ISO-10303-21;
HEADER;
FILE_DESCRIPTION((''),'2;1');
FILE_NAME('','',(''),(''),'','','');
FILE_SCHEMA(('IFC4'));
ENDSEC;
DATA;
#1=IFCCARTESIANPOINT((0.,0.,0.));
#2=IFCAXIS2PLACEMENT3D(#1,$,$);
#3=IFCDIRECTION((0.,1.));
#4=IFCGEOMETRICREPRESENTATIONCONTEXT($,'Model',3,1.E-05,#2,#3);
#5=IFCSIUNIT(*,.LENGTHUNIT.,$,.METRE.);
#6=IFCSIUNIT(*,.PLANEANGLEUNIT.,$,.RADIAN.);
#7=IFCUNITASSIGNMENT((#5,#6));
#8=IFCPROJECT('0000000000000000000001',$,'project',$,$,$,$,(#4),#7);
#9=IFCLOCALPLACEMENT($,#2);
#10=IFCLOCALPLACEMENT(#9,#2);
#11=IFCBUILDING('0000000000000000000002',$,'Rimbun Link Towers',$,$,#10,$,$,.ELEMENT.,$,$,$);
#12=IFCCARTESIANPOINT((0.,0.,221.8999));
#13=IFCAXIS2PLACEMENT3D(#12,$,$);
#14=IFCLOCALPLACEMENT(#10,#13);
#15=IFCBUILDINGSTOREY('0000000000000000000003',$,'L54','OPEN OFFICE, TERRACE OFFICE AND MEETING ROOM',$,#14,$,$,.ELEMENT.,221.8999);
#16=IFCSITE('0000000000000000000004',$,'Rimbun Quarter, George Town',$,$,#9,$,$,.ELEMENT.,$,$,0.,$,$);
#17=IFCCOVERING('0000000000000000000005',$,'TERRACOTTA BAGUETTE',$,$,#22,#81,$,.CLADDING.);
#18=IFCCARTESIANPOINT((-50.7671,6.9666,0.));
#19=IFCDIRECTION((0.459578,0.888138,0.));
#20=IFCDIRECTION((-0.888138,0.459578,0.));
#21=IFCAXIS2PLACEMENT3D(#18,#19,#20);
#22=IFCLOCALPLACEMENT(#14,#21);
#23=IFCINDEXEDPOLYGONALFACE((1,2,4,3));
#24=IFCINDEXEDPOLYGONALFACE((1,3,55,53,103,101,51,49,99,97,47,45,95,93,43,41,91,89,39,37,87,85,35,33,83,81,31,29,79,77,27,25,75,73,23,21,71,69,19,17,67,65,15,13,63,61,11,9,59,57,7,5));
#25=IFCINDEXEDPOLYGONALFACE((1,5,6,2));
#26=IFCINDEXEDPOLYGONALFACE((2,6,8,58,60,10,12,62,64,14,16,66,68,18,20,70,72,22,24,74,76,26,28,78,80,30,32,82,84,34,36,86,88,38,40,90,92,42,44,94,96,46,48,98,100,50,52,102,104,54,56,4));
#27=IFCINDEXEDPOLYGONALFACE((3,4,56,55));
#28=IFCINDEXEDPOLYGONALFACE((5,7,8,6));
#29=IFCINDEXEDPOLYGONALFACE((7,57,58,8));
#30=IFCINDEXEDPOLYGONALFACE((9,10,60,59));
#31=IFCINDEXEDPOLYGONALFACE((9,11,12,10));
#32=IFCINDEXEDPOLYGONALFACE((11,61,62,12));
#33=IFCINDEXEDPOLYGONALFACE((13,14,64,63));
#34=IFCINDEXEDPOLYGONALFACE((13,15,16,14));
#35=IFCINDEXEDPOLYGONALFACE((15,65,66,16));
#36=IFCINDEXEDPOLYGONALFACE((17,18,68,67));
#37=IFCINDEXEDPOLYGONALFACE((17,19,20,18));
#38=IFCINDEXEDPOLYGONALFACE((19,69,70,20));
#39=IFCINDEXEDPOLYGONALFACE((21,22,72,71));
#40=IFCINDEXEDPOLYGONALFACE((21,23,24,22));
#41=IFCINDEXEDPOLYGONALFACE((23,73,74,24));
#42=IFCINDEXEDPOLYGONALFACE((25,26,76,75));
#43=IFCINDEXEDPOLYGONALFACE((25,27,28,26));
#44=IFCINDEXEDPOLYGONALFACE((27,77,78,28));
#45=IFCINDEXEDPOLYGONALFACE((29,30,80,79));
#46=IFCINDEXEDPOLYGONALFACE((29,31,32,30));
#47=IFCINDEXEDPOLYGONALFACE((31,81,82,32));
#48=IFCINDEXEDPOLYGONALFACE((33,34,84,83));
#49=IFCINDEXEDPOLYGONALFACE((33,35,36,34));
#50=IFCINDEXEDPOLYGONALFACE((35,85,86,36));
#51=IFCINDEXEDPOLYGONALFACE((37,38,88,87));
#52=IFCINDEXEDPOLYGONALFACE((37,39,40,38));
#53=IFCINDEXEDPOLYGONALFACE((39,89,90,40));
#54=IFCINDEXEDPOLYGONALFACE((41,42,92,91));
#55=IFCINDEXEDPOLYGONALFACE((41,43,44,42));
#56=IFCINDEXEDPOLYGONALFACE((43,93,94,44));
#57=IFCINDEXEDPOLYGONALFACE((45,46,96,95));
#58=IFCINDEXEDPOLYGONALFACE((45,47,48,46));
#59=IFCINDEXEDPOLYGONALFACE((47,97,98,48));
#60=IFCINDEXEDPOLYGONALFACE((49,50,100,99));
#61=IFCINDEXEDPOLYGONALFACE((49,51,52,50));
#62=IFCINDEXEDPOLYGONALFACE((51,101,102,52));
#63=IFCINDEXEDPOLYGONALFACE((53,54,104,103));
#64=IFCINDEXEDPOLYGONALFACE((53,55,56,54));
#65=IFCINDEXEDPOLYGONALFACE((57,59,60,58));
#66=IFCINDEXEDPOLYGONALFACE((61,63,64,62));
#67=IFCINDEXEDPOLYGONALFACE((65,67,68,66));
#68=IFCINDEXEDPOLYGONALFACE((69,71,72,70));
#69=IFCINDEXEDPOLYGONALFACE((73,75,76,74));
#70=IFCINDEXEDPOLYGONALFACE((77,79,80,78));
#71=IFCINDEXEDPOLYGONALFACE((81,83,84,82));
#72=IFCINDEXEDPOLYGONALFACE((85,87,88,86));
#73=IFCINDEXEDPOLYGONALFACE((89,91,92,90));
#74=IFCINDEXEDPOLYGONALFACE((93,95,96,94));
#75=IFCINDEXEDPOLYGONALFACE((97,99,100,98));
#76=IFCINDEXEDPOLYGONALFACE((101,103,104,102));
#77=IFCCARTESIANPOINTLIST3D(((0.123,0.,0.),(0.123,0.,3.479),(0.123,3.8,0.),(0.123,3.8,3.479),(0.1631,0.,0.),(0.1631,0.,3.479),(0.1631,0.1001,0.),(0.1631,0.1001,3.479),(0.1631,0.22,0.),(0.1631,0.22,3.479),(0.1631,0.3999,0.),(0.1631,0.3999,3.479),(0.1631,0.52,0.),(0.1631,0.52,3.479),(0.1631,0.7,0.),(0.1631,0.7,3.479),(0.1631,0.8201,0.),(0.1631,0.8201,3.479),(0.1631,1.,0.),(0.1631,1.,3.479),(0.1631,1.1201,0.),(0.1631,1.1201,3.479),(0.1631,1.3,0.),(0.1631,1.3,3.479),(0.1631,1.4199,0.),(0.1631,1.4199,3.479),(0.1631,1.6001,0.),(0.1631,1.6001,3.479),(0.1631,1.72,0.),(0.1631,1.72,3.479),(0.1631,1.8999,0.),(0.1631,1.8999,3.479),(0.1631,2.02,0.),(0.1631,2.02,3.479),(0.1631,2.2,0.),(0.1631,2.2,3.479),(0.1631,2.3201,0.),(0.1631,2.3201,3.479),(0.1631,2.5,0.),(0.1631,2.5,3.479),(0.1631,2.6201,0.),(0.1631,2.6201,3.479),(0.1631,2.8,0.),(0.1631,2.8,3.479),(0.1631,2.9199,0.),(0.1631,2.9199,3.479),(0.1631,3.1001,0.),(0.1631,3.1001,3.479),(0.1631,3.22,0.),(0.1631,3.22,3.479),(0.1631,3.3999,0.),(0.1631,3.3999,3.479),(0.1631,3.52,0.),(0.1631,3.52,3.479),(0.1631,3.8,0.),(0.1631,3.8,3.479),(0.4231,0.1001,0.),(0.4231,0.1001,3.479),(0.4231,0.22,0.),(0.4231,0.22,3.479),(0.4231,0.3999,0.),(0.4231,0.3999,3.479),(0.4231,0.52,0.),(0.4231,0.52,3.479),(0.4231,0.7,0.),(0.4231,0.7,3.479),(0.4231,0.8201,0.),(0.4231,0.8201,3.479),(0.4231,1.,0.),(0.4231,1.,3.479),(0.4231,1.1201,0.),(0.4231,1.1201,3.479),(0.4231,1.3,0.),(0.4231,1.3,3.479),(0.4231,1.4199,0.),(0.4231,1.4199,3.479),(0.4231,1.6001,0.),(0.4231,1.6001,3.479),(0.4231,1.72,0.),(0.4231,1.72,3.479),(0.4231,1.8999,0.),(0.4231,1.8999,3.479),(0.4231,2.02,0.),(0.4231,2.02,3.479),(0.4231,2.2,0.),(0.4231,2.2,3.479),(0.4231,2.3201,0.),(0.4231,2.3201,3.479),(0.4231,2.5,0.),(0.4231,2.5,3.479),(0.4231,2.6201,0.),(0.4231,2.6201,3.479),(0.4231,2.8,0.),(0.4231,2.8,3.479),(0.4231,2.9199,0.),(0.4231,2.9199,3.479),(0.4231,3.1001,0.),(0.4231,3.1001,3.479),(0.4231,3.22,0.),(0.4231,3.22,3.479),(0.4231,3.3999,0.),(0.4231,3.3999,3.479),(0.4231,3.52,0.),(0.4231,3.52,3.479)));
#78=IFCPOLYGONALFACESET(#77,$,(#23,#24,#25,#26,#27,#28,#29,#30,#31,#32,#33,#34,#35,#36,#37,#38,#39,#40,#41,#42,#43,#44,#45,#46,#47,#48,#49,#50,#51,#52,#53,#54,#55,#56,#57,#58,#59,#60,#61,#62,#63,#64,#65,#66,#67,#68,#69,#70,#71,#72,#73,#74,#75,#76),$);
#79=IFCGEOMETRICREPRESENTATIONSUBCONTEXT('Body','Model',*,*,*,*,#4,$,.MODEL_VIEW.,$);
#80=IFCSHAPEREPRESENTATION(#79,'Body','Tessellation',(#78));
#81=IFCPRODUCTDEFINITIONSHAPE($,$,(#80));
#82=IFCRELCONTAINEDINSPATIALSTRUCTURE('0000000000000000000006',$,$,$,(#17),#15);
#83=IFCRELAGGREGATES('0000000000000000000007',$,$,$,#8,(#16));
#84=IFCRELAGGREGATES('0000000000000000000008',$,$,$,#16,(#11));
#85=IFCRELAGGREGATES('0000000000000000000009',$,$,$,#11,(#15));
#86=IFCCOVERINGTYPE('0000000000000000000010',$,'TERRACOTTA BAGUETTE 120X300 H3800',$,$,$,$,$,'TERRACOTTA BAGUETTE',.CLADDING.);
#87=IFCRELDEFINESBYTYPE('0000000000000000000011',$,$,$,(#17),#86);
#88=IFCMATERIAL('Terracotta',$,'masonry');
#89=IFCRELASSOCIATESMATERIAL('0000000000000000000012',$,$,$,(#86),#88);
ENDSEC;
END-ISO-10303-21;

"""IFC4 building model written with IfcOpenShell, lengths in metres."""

from ifc_helpers import new_model, si_unit, direction, frame, origin, place, context, subcontext, project, spatial, polyline, outline, extrude, material, material_profile, profile_set, type_object, element, save


model = new_model("IFC4")

# Units and contexts
model_context = context("Model", 3, precision=1e-05, world=origin(), true_north=direction((0.0, 1.0)))
body_context = subcontext(model_context, "Body", "Model", "MODEL_VIEW")
ifc_project = project(units=[si_unit("LENGTHUNIT", "METRE"), si_unit("PLANEANGLEUNIT", "RADIAN")], contexts=[model_context])

# Site, building, storey
site_placement = place(None, origin())
site = spatial("IfcSite", under=ifc_project, at=site_placement, Name="Rimbun Quarter, George Town", CompositionType="ELEMENT", RefElevation=0.0)
building_placement = place(site_placement, origin())
building = spatial("IfcBuilding", under=site, at=building_placement, Name="Rimbun Link Towers", CompositionType="ELEMENT")
storey_placement = place(building_placement, frame((0.0, 0.0, 221.8999)))
storey = spatial("IfcBuildingStorey", under=building, at=storey_placement, Name="L54", Description="OPEN OFFICE, TERRACE OFFICE AND MEETING ROOM", CompositionType="ELEMENT", Elevation=221.8999)

# Covering
ifc_material_1 = material(Name="Terracotta", Category="masonry")
ifc_material_profile_1 = material_profile(ifc_material_1, outline(polyline([(0.123, 0.0), (0.1631, 0.0), (0.1631, 0.1001), (0.4231, 0.1001), (0.4231, 0.22), (0.1631, 0.22), (0.1631, 0.3999), (0.4231, 0.3999), (0.4231, 0.52), (0.1631, 0.52), (0.1631, 0.7), (0.4231, 0.7), (0.4231, 0.8201), (0.1631, 0.8201), (0.1631, 1.0), (0.4231, 1.0), (0.4231, 1.1201), (0.1631, 1.1201), (0.1631, 1.3), (0.4231, 1.3), (0.4231, 1.4199), (0.1631, 1.4199), (0.1631, 1.6001), (0.4231, 1.6001), (0.4231, 1.72), (0.1631, 1.72), (0.1631, 1.8999), (0.4231, 1.8999), (0.4231, 2.02), (0.1631, 2.02), (0.1631, 2.2), (0.4231, 2.2), (0.4231, 2.3201), (0.1631, 2.3201), (0.1631, 2.5), (0.4231, 2.5), (0.4231, 2.6201), (0.1631, 2.6201), (0.1631, 2.8), (0.4231, 2.8), (0.4231, 2.9199), (0.1631, 2.9199), (0.1631, 3.1001), (0.4231, 3.1001), (0.4231, 3.22), (0.1631, 3.22), (0.1631, 3.3999), (0.4231, 3.3999), (0.4231, 3.52), (0.1631, 3.52), (0.1631, 3.8), (0.123, 3.8), (0.123, 0.0)])), Name="BAGUETTE 120X300")
ifc_profile_set_1 = profile_set([ifc_material_profile_1], Name="Terracotta")
covering_type = type_object("IfcCoveringType", Name="TERRACOTTA BAGUETTE 120X300 H3800", ElementType="TERRACOTTA BAGUETTE", PredefinedType="CLADDING", material=ifc_profile_set_1)
covering_placement = place(storey_placement, frame((-50.7671, 6.9666, 0.0), z_axis=(0.459578, 0.888138, 0.0), x_axis=(-0.888138, 0.459578, 0.0)))
element("IfcCovering", 1, at=covering_placement, inside=storey, type_object=covering_type, Name="TERRACOTTA BAGUETTE", PredefinedType="CLADDING", context=body_context, shape_type="SweptSolid", body=[
    extrude(outline(polyline([(0.123, 0.0), (0.1631, 0.0), (0.1631, 0.1001), (0.4231, 0.1001), (0.4231, 0.22), (0.1631, 0.22), (0.1631, 0.3999), (0.4231, 0.3999), (0.4231, 0.52), (0.1631, 0.52), (0.1631, 0.7), (0.4231, 0.7), (0.4231, 0.8201), (0.1631, 0.8201), (0.1631, 1.0), (0.4231, 1.0), (0.4231, 1.1201), (0.1631, 1.1201), (0.1631, 1.3), (0.4231, 1.3), (0.4231, 1.4199), (0.1631, 1.4199), (0.1631, 1.6001), (0.4231, 1.6001), (0.4231, 1.72), (0.1631, 1.72), (0.1631, 1.8999), (0.4231, 1.8999), (0.4231, 2.02), (0.1631, 2.02), (0.1631, 2.2), (0.4231, 2.2), (0.4231, 2.3201), (0.1631, 2.3201), (0.1631, 2.5), (0.4231, 2.5), (0.4231, 2.6201), (0.1631, 2.6201), (0.1631, 2.8), (0.4231, 2.8), (0.4231, 2.9199), (0.1631, 2.9199), (0.1631, 3.1001), (0.4231, 3.1001), (0.4231, 3.22), (0.1631, 3.22), (0.1631, 3.3999), (0.4231, 3.3999), (0.4231, 3.52), (0.1631, 3.52), (0.1631, 3.8), (0.123, 3.8), (0.123, 0.0)])), origin(), (0.0, 0.0, 1.0), 3.479),
])

save(model, "model.ifc")
